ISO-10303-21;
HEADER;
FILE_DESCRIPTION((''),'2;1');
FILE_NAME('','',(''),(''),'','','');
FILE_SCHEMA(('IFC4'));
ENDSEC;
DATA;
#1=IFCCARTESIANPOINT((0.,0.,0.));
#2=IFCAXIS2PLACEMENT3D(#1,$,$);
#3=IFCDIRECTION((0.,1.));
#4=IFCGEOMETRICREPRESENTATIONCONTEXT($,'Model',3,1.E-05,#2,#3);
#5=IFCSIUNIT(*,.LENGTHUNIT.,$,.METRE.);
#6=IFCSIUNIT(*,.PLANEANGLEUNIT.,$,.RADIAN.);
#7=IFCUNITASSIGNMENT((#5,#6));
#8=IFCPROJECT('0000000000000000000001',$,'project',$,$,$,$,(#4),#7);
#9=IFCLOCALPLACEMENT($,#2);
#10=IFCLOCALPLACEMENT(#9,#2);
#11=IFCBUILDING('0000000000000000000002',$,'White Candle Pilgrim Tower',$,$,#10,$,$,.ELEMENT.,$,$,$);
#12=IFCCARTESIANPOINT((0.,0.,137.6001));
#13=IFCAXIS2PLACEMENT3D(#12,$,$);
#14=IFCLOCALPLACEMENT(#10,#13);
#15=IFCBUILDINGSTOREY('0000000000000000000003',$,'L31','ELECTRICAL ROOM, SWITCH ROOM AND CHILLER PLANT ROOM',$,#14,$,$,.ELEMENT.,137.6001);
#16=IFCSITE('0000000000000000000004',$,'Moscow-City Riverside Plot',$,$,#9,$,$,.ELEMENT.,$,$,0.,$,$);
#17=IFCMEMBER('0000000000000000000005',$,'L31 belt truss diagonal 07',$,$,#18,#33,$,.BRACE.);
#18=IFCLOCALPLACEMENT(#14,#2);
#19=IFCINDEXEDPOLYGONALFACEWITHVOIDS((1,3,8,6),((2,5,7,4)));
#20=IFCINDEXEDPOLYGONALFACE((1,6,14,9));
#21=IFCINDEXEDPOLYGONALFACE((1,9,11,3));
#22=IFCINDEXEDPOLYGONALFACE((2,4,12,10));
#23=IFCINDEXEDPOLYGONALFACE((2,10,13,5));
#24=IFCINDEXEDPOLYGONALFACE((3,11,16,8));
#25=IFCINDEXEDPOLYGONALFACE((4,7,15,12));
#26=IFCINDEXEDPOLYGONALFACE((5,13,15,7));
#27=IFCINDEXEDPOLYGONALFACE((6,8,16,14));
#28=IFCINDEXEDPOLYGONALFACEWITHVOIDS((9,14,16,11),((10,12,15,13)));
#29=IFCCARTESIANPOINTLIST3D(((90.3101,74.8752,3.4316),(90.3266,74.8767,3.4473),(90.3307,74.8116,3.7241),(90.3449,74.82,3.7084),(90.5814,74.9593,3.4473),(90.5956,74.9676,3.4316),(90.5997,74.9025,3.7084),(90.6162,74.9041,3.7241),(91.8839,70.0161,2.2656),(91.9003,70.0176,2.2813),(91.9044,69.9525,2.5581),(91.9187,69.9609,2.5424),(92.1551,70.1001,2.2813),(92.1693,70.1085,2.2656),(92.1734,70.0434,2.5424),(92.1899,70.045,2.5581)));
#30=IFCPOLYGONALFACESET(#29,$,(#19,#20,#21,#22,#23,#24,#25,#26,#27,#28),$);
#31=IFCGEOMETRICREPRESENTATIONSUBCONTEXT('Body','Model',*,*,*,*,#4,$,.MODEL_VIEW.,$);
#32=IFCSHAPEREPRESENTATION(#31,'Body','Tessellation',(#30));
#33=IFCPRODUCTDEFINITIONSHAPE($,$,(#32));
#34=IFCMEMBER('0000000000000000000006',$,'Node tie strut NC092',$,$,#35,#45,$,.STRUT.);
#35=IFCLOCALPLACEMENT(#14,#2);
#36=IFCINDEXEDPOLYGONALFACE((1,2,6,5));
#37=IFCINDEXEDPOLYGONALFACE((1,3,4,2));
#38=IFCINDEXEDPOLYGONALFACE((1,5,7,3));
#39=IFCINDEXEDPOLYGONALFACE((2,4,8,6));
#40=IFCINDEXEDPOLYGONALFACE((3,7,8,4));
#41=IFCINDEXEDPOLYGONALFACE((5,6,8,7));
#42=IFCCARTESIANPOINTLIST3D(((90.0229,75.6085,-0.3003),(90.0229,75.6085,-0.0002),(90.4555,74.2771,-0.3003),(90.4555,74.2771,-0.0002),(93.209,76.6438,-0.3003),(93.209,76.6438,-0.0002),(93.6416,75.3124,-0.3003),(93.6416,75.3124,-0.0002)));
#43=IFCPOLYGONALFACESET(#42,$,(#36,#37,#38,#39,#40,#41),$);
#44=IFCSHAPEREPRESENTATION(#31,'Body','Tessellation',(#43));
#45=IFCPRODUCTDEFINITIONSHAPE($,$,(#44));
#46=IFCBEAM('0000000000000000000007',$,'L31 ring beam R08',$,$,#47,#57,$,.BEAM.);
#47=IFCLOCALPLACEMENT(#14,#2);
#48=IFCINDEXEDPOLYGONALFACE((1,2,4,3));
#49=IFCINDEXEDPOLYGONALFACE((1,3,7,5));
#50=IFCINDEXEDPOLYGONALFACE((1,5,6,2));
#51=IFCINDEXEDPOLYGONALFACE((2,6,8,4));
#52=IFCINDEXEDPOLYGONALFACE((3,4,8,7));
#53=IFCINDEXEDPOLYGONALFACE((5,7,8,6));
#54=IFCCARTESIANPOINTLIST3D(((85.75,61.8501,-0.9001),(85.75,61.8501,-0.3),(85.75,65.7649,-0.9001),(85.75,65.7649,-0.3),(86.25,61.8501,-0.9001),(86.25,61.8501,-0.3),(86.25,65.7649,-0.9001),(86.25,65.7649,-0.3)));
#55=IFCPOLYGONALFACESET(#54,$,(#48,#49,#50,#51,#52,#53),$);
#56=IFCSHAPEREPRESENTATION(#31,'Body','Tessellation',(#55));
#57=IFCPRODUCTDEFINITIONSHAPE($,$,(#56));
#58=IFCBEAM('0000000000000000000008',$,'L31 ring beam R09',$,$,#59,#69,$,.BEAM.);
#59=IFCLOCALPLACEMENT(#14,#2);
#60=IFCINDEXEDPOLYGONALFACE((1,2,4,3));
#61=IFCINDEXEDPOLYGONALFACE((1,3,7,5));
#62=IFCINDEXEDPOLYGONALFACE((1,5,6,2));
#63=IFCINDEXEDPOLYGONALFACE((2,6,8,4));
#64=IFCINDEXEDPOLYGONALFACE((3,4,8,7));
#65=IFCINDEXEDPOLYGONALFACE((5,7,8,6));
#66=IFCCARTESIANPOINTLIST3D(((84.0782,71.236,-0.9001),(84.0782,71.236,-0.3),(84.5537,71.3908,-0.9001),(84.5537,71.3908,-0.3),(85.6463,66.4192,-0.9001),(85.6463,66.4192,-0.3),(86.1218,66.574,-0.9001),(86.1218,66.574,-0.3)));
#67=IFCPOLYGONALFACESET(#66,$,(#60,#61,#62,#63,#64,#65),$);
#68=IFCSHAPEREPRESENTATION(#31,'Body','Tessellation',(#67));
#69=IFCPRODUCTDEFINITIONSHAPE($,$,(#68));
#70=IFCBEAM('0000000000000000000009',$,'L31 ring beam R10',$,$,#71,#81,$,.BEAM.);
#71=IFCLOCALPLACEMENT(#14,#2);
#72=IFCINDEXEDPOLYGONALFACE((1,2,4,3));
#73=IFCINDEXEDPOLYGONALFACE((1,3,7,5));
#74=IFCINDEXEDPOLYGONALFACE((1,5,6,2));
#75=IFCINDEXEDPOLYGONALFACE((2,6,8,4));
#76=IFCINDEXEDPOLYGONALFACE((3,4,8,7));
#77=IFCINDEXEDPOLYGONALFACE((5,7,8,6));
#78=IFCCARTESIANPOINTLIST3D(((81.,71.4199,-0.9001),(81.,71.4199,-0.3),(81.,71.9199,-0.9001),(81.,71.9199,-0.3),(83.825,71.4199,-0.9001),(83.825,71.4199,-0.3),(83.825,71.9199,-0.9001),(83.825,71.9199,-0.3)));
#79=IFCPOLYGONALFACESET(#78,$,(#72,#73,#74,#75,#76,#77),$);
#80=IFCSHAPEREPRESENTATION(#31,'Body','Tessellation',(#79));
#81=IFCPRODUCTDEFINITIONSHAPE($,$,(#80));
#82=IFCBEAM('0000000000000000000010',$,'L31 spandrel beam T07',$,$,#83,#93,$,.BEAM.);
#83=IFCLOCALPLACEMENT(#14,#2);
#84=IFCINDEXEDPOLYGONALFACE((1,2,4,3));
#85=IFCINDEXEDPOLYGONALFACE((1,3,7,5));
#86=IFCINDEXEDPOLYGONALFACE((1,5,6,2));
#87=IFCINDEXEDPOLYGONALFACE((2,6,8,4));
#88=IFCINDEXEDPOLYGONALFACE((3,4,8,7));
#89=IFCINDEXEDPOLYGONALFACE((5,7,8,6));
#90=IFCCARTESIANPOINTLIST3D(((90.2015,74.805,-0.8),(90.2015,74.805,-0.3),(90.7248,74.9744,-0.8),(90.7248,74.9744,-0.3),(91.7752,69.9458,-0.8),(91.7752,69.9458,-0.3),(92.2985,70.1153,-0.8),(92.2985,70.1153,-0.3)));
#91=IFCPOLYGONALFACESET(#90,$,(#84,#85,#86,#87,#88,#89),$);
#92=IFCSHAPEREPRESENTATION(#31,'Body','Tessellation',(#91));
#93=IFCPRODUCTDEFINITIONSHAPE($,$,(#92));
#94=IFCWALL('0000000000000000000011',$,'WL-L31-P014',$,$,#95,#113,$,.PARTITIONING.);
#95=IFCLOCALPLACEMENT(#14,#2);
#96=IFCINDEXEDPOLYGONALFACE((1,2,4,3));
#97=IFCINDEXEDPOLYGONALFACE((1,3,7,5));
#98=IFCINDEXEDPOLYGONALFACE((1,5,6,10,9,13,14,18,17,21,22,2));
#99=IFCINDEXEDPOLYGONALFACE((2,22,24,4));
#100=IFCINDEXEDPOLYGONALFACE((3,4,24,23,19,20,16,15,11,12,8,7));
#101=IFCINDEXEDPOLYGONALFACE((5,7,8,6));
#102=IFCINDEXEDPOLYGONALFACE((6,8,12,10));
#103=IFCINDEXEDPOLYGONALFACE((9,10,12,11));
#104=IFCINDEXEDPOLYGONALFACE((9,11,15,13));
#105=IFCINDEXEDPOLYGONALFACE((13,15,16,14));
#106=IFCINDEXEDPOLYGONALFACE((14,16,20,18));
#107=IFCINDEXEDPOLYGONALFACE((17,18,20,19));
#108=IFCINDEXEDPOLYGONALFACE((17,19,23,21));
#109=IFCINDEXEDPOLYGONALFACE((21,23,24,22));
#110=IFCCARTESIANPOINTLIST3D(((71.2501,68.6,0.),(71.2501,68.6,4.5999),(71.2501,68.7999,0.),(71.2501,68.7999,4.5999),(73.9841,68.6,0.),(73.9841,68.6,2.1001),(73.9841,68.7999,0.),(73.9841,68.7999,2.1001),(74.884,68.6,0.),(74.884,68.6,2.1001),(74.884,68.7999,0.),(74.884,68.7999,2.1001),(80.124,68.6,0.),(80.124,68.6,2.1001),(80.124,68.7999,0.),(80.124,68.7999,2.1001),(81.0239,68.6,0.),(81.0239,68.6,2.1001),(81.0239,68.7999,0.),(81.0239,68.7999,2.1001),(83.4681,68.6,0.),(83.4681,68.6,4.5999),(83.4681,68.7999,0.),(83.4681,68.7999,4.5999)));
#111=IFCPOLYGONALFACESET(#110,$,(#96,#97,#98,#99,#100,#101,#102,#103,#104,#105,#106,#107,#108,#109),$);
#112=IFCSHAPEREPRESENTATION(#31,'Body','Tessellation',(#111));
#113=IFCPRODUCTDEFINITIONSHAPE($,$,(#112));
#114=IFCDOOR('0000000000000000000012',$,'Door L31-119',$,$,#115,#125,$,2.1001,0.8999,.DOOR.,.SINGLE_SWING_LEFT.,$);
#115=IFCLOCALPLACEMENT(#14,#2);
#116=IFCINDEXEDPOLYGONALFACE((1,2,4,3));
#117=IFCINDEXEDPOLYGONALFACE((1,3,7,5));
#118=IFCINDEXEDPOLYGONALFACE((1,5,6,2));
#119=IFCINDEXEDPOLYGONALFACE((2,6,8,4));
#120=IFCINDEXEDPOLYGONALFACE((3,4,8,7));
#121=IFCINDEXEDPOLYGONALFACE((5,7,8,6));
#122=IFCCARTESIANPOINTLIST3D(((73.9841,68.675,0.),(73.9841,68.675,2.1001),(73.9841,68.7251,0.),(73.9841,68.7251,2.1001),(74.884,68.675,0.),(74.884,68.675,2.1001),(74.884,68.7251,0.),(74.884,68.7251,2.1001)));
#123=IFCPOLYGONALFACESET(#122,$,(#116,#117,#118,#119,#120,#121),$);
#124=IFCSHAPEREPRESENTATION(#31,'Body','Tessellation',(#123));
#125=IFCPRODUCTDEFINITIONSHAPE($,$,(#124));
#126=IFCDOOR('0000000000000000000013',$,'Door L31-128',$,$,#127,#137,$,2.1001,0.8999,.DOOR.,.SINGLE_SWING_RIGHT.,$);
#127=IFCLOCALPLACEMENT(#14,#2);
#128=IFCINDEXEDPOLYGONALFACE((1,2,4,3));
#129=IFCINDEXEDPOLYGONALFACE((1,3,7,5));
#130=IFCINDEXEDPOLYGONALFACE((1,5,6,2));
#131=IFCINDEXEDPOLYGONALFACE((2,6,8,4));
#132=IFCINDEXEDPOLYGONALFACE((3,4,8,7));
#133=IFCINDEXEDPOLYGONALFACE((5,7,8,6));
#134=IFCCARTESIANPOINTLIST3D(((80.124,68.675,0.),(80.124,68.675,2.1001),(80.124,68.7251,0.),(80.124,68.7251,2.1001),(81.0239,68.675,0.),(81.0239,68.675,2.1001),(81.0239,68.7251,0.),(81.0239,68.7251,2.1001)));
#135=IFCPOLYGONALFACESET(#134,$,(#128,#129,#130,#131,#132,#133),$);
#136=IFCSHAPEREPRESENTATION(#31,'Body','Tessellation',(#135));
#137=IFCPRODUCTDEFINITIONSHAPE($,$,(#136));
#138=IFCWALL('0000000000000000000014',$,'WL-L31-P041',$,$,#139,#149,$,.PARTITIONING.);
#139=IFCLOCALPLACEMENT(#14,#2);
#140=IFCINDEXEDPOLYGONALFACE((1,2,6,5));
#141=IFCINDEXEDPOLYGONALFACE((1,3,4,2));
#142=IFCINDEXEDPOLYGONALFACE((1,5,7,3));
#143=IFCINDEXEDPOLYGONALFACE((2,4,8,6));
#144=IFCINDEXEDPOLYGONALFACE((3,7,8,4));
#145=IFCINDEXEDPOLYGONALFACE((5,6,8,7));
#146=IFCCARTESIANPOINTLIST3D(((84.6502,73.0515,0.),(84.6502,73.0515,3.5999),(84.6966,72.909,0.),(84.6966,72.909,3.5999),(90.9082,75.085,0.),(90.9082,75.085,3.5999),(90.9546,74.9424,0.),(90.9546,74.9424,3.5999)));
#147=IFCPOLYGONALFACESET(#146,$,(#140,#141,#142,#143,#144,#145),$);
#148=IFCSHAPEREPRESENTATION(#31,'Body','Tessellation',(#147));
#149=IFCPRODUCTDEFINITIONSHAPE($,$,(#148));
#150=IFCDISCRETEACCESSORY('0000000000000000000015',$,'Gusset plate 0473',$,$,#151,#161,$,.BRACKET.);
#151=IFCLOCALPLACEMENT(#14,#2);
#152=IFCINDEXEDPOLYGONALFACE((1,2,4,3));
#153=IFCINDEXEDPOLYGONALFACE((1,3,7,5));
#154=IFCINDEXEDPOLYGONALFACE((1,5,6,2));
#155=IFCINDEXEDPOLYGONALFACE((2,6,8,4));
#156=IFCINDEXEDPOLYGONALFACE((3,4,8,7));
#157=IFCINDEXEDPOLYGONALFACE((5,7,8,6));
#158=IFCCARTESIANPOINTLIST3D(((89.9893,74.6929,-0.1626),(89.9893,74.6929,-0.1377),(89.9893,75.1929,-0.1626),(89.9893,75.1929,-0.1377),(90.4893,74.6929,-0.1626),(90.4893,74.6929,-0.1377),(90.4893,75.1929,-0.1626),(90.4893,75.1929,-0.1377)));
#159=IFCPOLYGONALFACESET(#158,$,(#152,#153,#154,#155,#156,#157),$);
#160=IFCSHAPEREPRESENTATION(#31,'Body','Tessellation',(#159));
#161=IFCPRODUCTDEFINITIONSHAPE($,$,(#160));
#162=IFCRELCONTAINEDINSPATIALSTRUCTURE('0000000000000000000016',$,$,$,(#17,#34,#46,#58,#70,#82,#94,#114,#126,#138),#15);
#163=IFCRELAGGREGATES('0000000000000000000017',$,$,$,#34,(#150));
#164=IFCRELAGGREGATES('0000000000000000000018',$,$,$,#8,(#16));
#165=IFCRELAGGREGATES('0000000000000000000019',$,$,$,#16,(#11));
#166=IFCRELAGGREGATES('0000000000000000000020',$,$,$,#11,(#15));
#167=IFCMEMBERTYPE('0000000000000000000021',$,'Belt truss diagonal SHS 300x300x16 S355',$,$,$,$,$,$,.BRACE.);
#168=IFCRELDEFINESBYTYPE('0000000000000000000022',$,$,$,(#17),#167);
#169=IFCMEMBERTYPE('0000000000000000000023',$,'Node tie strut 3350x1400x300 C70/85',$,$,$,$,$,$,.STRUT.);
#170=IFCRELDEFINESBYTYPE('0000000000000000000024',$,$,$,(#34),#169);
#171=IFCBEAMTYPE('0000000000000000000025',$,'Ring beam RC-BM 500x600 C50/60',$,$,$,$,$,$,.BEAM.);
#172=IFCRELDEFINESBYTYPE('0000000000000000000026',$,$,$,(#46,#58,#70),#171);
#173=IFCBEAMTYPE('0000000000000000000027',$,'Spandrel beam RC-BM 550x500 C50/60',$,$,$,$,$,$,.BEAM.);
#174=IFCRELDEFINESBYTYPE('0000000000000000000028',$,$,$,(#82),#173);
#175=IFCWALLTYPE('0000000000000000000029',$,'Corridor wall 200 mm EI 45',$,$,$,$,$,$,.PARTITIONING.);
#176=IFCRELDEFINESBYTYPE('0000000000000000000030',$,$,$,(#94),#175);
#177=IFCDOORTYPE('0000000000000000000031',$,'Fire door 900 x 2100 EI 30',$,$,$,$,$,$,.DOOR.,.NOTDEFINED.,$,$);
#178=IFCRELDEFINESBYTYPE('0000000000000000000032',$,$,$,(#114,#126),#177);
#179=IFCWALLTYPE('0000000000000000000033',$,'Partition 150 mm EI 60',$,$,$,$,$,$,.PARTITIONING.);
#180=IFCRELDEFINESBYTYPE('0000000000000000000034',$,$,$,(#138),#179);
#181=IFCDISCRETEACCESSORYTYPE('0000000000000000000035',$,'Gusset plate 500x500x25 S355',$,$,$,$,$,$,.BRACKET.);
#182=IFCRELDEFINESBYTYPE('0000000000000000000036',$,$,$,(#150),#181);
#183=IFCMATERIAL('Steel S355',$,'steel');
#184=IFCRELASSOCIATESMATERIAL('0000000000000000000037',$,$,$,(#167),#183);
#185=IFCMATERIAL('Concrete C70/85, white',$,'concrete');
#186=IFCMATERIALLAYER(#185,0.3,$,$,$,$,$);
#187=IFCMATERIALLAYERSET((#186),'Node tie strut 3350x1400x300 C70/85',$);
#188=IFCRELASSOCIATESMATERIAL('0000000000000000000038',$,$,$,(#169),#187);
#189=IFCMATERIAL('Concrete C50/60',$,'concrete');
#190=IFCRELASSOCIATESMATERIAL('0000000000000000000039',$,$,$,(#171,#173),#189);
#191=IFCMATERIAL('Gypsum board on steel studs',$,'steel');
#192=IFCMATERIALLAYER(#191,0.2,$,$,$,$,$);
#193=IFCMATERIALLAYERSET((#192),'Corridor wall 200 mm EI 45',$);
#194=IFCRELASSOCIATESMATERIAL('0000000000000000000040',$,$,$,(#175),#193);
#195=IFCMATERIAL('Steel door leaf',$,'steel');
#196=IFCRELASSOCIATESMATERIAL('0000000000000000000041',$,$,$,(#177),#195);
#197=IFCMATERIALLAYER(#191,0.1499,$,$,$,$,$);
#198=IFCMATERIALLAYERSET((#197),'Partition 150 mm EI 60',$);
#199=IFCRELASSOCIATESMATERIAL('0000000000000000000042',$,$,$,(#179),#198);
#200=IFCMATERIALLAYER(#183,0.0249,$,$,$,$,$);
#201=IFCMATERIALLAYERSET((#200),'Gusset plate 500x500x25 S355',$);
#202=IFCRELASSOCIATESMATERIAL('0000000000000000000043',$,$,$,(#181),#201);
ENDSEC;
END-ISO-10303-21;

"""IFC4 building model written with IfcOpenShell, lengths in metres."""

from ifc_helpers import new_model, si_unit, direction, frame, frame_2d, origin, origin_2d, place, context, subcontext, project, spatial, rectangle, hollow_rectangle, extrude, material, layer, layer_set, material_profile, profile_set, type_object, element, fill, aggregate, save


model = new_model("IFC4")

# Units and contexts
model_context = context("Model", 3, precision=1e-05, world=origin(), true_north=direction((0.0, 1.0)))
body_context = subcontext(model_context, "Body", "Model", "MODEL_VIEW")
ifc_project = project(units=[si_unit("LENGTHUNIT", "METRE"), si_unit("PLANEANGLEUNIT", "RADIAN")], contexts=[model_context])

# Site, building, storey
site_placement = place(None, origin())
site = spatial("IfcSite", under=ifc_project, at=site_placement, Name="Moscow-City Riverside Plot", CompositionType="ELEMENT", RefElevation=0.0)
building_placement = place(site_placement, origin())
building = spatial("IfcBuilding", under=site, at=building_placement, Name="White Candle Pilgrim Tower", CompositionType="ELEMENT")
storey_placement = place(building_placement, frame((0.0, 0.0, 137.6001)))
storey = spatial("IfcBuildingStorey", under=building, at=storey_placement, Name="L31", Description="ELECTRICAL ROOM, SWITCH ROOM AND CHILLER PLANT ROOM", CompositionType="ELEMENT", Elevation=137.6001)

# Members
ifc_material_1 = material(Name="Steel S355", Category="steel")
ifc_material_profile_1 = material_profile(ifc_material_1, hollow_rectangle(XDim=0.3, YDim=0.3, WallThickness=0.0161, at=origin_2d()), Name="SHS 300x300x16")
ifc_profile_set_1 = profile_set([ifc_material_profile_1], Name="Steel S355")
member_type_1 = type_object("IfcMemberType", Name="Belt truss diagonal SHS 300x300x16 S355", PredefinedType="BRACE", material=ifc_profile_set_1)
member_1_placement = place(storey_placement, frame((92.0369, 70.0305, 2.4119), z_axis=(-0.300386, 0.927488, 0.222564), x_axis=(-0.951349, -0.308114, 0.0)))
element("IfcMember", 1, at=member_1_placement, inside=storey, type_object=member_type_1, Name="L31 belt truss diagonal 07", PredefinedType="BRACE", context=body_context, shape_type="SweptSolid", body=[
    extrude(hollow_rectangle(XDim=0.3, YDim=0.3, WallThickness=0.0161, at=origin_2d()), origin(), (0.0, 0.0, 1.0), 5.239),
])
ifc_material_2 = material(Name="Concrete C70/85, white", Category="concrete")
ifc_layer_1 = layer(ifc_material_2, 0.3)
ifc_layer_set_1 = layer_set([ifc_layer_1], Name="Node tie strut 3350x1400x300 C70/85")
member_type_2 = type_object("IfcMemberType", Name="Node tie strut 3350x1400x300 C70/85", PredefinedType="STRUT", material=ifc_layer_set_1)
member_2_placement = place(storey_placement, frame((91.8323, 75.4604, -0.3003), z_axis=(0.0, 0.0, 1.0), x_axis=(-0.309017, 0.951057, 0.0)))
member_2 = element("IfcMember", 2, at=member_2_placement, inside=storey, type_object=member_type_2, Name="Node tie strut NC092", PredefinedType="STRUT", context=body_context, shape_type="SweptSolid", body=[
    extrude(rectangle(XDim=1.3999, YDim=3.3501, at=origin_2d()), origin(), (0.0, 0.0, 1.0), 0.3),
])

# Beams
ifc_material_3 = material(Name="Concrete C50/60", Category="concrete")
ifc_material_profile_2 = material_profile(ifc_material_3, rectangle(XDim=0.5, YDim=0.6001, at=origin_2d()), Name="RC-BM 500x600")
ifc_profile_set_2 = profile_set([ifc_material_profile_2], Name="Concrete C50/60")
beam_type_1 = type_object("IfcBeamType", Name="Ring beam RC-BM 500x600 C50/60", PredefinedType="BEAM", material=ifc_profile_set_2)
beam_1_placement = place(storey_placement, frame((86.0, 65.7649, -0.6001), z_axis=(0.0, -1.0, 0.0), x_axis=(1.0, 0.0, 0.0)))
element("IfcBeam", 3, at=beam_1_placement, inside=storey, type_object=beam_type_1, Name="L31 ring beam R08", PredefinedType="BEAM", context=body_context, shape_type="SweptSolid", body=[
    extrude(rectangle(XDim=0.5, YDim=0.6001, at=origin_2d()), origin(), (0.0, 0.0, 1.0), 3.9148),
])
beam_2_placement = place(storey_placement, frame((85.884, 66.4966, -0.6001), z_axis=(-0.309555, 0.950882, 0.0), x_axis=(-0.950882, -0.309555, 0.0)))
element("IfcBeam", 4, at=beam_2_placement, inside=storey, type_object=beam_type_1, Name="L31 ring beam R09", PredefinedType="BEAM", context=body_context, shape_type="SweptSolid", body=[
    extrude(rectangle(XDim=0.5, YDim=0.6001, at=origin_2d()), origin(), (0.0, 0.0, 1.0), 5.0657),
])
beam_3_placement = place(storey_placement, frame((83.825, 71.6699, -0.6001), z_axis=(-1.0, 0.0, 0.0), x_axis=(0.0, -1.0, 0.0)))
element("IfcBeam", 5, at=beam_3_placement, inside=storey, type_object=beam_type_1, Name="L31 ring beam R10", PredefinedType="BEAM", context=body_context, shape_type="SweptSolid", body=[
    extrude(rectangle(XDim=0.5, YDim=0.6001, at=origin_2d()), origin(), (0.0, 0.0, 1.0), 2.825),
])
ifc_material_profile_3 = material_profile(ifc_material_3, rectangle(XDim=0.55, YDim=0.5, at=origin_2d()), Name="RC-BM 550x500")
ifc_profile_set_3 = profile_set([ifc_material_profile_3], Name="Concrete C50/60")
beam_type_2 = type_object("IfcBeamType", Name="Spandrel beam RC-BM 550x500 C50/60", PredefinedType="BEAM", material=ifc_profile_set_3)
beam_4_placement = place(storey_placement, frame((92.0369, 70.0305, -0.55), z_axis=(-0.308114, 0.951349, 0.0), x_axis=(-0.951349, -0.308114, 0.0)))
element("IfcBeam", 6, at=beam_4_placement, inside=storey, type_object=beam_type_2, Name="L31 spandrel beam T07", PredefinedType="BEAM", context=body_context, shape_type="SweptSolid", body=[
    extrude(rectangle(XDim=0.55, YDim=0.5, at=origin_2d()), origin(), (0.0, 0.0, 1.0), 5.1077),
])

# Wall, openings, doors
ifc_material_4 = material(Name="Gypsum board on steel studs", Category="steel")
ifc_layer_2 = layer(ifc_material_4, 0.2)
ifc_layer_set_2 = layer_set([ifc_layer_2], Name="Corridor wall 200 mm EI 45")
wall_type_1 = type_object("IfcWallType", Name="Corridor wall 200 mm EI 45", PredefinedType="PARTITIONING", material=ifc_layer_set_2)
wall_1_placement = place(storey_placement, frame((83.468, 68.7, 0.0), z_axis=(0.0, 0.0, 1.0), x_axis=(-1.0, 0.0, 0.0)))
wall_1 = element("IfcWall", 7, at=wall_1_placement, inside=storey, type_object=wall_type_1, Name="WL-L31-P014", PredefinedType="PARTITIONING", context=body_context, shape_type="SweptSolid", body=[
    extrude(rectangle(XDim=12.218, YDim=0.2, at=frame_2d((6.1089, 0.0))), origin(), (0.0, 0.0, 1.0), 4.5999),
])
opening_1_placement = place(wall_1_placement, frame((8.584, 0.0, 0.0)))
opening_1 = element("IfcOpeningElement", 8, at=opening_1_placement, cuts=wall_1, PredefinedType="OPENING", context=body_context, shape_type="SweptSolid", body=[
    extrude(rectangle(XDim=0.8999, YDim=2.1001, at=frame_2d((0.45, 1.05))), frame((0.0, 0.1099, 0.0), z_axis=(0.0, -1.0, 0.0), x_axis=(1.0, 0.0, 0.0)), (0.0, 0.0, 1.0), 0.22),
])
opening_2_placement = place(wall_1_placement, frame((2.4441, 0.0, 0.0)))
opening_2 = element("IfcOpeningElement", 9, at=opening_2_placement, cuts=wall_1, PredefinedType="OPENING", context=body_context, shape_type="SweptSolid", body=[
    extrude(rectangle(XDim=0.8999, YDim=2.1001, at=frame_2d((0.45, 1.05))), frame((0.0, 0.1099, 0.0), z_axis=(0.0, -1.0, 0.0), x_axis=(1.0, 0.0, 0.0)), (0.0, 0.0, 1.0), 0.22),
])
ifc_material_5 = material(Name="Steel door leaf", Category="steel")
door_type = type_object("IfcDoorType", Name="Fire door 900 x 2100 EI 30", OperationType="NOTDEFINED", PredefinedType="DOOR", material=ifc_material_5)
door_1_placement = place(opening_1_placement, origin())
door_1 = element("IfcDoor", 10, at=door_1_placement, inside=storey, type_object=door_type, Name="Door L31-119", OperationType="SINGLE_SWING_LEFT", OverallHeight=2.1001, OverallWidth=0.8999, PredefinedType="DOOR", context=body_context, shape_type="SweptSolid", body=[
    extrude(rectangle(XDim=0.8999, YDim=2.1001, at=frame_2d((0.45, 1.05))), frame((0.0, 0.0249, 0.0), z_axis=(0.0, -1.0, 0.0), x_axis=(1.0, 0.0, 0.0)), (0.0, 0.0, 1.0), 0.05),
])
fill(opening_1, door_1)
door_2_placement = place(opening_2_placement, origin())
door_2 = element("IfcDoor", 11, at=door_2_placement, inside=storey, type_object=door_type, Name="Door L31-128", OperationType="SINGLE_SWING_RIGHT", OverallHeight=2.1001, OverallWidth=0.8999, PredefinedType="DOOR", context=body_context, shape_type="SweptSolid", body=[
    extrude(rectangle(XDim=0.8999, YDim=2.1001, at=frame_2d((0.45, 1.05))), frame((0.0, 0.0249, 0.0), z_axis=(0.0, -1.0, 0.0), x_axis=(1.0, 0.0, 0.0)), (0.0, 0.0, 1.0), 0.05),
])
fill(opening_2, door_2)

# Wall
ifc_layer_3 = layer(ifc_material_4, 0.1499)
ifc_layer_set_3 = layer_set([ifc_layer_3], Name="Partition 150 mm EI 60")
wall_type_2 = type_object("IfcWallType", Name="Partition 150 mm EI 60", PredefinedType="PARTITIONING", material=ifc_layer_set_3)
wall_2_placement = place(storey_placement, frame((90.9314, 75.0137, 0.0), z_axis=(0.0, 0.0, 1.0), x_axis=(-0.951053, -0.309028, 0.0)))
element("IfcWall", 12, at=wall_2_placement, inside=storey, type_object=wall_type_2, Name="WL-L31-P041", PredefinedType="PARTITIONING", context=body_context, shape_type="SweptSolid", body=[
    extrude(rectangle(XDim=6.5801, YDim=0.1499, at=frame_2d((3.29, 0.0))), origin(), (0.0, 0.0, 1.0), 3.5999),
])

# Discrete accessory
ifc_layer_4 = layer(ifc_material_1, 0.0249)
ifc_layer_set_4 = layer_set([ifc_layer_4], Name="Gusset plate 500x500x25 S355")
discrete_accessory_type = type_object("IfcDiscreteAccessoryType", Name="Gusset plate 500x500x25 S355", PredefinedType="BRACKET", material=ifc_layer_set_4)
discrete_accessory_1_placement = place(storey_placement, frame((90.2393, 74.9429, -0.1626), z_axis=(0.0, 0.0, 1.0), x_axis=(1.0, 0.0, 0.0)))
discrete_accessory_1 = element("IfcDiscreteAccessory", 13, at=discrete_accessory_1_placement, type_object=discrete_accessory_type, Name="Gusset plate 0473", PredefinedType="BRACKET", context=body_context, shape_type="SweptSolid", body=[
    extrude(rectangle(XDim=0.5, YDim=0.5, at=origin_2d()), origin(), (0.0, 0.0, 1.0), 0.0249),
])
aggregate(member_2, [discrete_accessory_1])

save(model, "model.ifc")
